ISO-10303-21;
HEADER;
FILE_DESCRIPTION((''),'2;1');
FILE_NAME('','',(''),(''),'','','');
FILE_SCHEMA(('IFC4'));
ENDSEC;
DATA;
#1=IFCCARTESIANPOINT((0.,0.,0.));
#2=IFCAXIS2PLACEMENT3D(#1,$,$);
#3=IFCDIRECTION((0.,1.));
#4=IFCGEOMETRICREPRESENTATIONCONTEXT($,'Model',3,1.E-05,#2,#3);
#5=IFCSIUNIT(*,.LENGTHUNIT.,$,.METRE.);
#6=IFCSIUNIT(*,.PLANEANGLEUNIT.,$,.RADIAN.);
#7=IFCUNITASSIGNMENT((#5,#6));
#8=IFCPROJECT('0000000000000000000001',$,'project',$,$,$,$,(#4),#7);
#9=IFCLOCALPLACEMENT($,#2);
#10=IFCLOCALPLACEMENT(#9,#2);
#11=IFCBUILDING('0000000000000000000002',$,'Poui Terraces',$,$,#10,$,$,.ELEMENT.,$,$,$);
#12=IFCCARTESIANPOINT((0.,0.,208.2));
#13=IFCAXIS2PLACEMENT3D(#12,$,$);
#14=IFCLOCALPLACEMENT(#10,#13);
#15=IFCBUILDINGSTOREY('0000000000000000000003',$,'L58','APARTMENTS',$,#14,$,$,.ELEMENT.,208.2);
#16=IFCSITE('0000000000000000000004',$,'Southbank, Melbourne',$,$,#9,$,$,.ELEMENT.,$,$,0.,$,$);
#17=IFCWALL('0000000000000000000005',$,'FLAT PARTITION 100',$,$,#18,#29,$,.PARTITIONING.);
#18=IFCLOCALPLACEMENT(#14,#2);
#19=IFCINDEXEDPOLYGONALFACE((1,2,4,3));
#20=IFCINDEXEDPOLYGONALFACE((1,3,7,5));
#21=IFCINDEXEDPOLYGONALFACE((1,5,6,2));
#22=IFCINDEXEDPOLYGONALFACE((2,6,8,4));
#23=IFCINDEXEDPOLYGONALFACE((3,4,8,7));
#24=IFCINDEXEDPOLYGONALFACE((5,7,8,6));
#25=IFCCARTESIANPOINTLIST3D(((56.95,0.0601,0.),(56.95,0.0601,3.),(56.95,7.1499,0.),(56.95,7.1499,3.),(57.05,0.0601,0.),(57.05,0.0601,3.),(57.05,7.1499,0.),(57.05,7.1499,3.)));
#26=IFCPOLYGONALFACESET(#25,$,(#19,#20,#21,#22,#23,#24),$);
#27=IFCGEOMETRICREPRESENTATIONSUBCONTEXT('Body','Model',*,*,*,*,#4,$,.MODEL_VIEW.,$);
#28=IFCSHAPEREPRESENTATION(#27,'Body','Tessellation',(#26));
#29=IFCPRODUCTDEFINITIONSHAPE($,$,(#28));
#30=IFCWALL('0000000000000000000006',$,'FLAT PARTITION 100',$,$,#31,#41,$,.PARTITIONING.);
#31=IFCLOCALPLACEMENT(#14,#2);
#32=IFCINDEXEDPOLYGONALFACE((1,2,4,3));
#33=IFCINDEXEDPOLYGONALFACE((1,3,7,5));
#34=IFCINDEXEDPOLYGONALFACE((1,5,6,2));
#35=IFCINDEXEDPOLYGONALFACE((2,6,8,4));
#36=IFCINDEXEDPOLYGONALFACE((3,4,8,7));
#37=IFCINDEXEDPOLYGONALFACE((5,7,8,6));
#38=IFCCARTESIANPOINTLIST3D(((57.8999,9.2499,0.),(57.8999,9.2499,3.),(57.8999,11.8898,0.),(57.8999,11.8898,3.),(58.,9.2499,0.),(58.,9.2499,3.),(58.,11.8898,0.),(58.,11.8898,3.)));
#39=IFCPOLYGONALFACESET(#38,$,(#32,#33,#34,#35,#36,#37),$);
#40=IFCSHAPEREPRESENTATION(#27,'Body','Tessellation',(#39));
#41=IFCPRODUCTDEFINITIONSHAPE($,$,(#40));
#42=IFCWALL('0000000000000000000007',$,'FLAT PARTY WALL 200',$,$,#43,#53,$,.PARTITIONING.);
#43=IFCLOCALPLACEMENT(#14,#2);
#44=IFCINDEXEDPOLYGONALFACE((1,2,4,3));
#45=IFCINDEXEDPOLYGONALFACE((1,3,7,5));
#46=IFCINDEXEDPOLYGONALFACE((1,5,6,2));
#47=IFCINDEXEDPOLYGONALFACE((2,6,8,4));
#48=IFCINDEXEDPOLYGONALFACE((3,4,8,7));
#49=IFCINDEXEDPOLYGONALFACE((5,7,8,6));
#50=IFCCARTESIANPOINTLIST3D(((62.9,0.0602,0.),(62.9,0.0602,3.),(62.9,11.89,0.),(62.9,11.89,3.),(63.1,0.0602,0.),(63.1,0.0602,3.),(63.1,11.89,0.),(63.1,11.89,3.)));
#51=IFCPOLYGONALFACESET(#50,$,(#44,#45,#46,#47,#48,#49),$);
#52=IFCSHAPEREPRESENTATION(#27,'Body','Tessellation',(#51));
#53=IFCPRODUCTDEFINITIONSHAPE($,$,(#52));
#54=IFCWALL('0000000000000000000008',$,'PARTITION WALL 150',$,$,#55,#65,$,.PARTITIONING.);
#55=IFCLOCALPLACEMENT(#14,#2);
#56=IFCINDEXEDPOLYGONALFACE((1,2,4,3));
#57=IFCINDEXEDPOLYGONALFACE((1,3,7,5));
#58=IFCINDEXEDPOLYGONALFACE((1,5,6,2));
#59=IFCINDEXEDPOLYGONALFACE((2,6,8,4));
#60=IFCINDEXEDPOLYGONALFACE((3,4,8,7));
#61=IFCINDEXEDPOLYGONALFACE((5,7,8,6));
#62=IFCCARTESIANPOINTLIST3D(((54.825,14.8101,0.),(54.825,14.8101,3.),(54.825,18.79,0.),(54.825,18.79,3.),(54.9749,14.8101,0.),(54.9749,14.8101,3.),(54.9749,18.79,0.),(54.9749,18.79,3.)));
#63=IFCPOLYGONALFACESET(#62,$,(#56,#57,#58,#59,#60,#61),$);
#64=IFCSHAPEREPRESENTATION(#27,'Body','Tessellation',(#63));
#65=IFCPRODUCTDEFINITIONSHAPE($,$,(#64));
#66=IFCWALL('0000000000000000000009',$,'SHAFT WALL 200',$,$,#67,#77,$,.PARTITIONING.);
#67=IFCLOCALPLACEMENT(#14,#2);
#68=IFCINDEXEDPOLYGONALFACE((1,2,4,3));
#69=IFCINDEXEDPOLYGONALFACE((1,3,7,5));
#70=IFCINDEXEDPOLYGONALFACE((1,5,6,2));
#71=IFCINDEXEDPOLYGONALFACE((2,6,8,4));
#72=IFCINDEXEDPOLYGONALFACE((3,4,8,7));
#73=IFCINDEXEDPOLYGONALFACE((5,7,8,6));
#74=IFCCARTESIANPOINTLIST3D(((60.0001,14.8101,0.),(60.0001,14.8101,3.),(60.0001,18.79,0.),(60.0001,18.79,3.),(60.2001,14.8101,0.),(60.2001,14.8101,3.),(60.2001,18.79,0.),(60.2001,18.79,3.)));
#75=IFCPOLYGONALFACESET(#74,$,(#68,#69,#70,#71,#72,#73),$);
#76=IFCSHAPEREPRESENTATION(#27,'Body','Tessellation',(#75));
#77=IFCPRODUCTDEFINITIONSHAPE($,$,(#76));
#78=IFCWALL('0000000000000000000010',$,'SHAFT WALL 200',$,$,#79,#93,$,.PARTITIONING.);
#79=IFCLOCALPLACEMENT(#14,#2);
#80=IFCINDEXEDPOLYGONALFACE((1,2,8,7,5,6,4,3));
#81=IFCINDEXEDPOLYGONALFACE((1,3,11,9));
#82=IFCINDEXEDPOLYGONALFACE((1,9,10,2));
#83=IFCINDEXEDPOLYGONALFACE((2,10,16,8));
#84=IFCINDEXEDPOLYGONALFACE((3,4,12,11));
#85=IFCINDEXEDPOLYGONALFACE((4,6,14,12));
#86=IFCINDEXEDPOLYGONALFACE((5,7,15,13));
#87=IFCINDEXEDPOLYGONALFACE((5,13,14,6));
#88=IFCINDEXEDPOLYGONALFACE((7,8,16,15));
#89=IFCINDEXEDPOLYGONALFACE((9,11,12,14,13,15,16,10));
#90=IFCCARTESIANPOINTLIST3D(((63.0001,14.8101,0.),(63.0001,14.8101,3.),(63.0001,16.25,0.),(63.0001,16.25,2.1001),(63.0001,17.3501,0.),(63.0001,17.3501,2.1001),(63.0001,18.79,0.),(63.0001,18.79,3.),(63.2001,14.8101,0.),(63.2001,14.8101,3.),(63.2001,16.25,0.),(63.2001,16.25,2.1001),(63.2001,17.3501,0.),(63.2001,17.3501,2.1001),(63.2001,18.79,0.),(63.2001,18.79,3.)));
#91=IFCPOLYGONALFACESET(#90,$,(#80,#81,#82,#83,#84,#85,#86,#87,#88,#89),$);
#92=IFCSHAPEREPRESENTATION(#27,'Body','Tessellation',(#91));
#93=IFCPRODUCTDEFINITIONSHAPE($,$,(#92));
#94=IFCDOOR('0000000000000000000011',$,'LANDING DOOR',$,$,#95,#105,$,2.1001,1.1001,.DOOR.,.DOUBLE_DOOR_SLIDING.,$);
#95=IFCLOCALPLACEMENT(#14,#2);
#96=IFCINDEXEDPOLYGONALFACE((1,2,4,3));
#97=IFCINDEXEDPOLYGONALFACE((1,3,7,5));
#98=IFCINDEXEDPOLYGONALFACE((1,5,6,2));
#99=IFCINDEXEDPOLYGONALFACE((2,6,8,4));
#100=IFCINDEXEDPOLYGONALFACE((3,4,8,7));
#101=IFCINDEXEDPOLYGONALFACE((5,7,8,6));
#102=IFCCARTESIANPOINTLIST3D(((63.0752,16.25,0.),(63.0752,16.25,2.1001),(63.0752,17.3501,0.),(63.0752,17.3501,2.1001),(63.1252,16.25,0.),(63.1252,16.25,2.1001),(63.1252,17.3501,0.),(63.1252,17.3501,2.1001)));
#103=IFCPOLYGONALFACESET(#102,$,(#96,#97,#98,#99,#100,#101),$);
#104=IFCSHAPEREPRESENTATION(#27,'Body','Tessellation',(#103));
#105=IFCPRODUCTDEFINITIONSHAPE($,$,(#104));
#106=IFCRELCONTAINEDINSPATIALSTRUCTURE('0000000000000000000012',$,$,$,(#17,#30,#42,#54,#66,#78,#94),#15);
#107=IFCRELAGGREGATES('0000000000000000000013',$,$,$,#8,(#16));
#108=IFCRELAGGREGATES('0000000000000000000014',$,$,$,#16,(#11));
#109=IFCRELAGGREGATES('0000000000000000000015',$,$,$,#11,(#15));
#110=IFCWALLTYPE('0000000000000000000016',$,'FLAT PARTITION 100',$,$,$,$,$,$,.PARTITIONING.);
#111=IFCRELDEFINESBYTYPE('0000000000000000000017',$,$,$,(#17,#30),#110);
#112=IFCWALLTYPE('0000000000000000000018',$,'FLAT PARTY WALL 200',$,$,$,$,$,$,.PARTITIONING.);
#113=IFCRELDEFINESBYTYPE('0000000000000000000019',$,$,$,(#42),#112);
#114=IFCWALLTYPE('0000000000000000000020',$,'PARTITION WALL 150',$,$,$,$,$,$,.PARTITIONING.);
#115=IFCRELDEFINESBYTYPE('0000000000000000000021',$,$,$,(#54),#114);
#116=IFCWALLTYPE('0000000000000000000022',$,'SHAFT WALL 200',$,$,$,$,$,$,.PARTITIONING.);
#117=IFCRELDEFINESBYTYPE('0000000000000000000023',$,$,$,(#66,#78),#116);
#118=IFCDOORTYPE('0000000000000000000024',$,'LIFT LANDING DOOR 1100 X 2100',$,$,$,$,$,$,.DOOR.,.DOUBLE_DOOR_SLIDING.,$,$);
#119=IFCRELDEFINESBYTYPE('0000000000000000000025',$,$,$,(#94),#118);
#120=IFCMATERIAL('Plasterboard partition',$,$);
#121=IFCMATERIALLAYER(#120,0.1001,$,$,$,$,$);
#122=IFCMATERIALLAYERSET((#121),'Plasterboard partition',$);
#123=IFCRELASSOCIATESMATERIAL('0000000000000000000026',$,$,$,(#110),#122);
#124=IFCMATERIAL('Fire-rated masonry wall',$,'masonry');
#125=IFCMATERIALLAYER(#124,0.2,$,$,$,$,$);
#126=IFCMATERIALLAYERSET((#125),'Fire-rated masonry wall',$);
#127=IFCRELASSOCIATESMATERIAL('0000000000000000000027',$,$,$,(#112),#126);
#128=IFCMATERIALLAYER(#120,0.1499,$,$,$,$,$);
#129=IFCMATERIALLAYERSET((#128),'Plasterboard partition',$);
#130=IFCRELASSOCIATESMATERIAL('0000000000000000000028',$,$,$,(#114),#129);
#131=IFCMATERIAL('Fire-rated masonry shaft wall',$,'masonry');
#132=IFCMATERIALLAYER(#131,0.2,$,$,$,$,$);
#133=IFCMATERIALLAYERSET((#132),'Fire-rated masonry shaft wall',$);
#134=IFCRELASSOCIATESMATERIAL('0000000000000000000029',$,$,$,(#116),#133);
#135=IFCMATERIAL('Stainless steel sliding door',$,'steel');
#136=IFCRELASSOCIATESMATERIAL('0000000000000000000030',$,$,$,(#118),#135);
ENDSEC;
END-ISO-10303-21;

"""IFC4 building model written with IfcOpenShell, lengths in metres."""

from ifc_helpers import new_model, si_unit, direction, frame, frame_2d, origin, place, context, subcontext, project, spatial, rectangle, extrude, material, layer, layer_set, type_object, element, fill, save


model = new_model("IFC4")

# Units and contexts
model_context = context("Model", 3, precision=1e-05, world=origin(), true_north=direction((0.0, 1.0)))
body_context = subcontext(model_context, "Body", "Model", "MODEL_VIEW")
ifc_project = project(units=[si_unit("LENGTHUNIT", "METRE"), si_unit("PLANEANGLEUNIT", "RADIAN")], contexts=[model_context])

# Site, building, storey
site_placement = place(None, origin())
site = spatial("IfcSite", under=ifc_project, at=site_placement, Name="Southbank, Melbourne", CompositionType="ELEMENT", RefElevation=0.0)
building_placement = place(site_placement, origin())
building = spatial("IfcBuilding", under=site, at=building_placement, Name="Poui Terraces", CompositionType="ELEMENT")
storey_placement = place(building_placement, frame((0.0, 0.0, 208.2)))
storey = spatial("IfcBuildingStorey", under=building, at=storey_placement, Name="L58", Description="APARTMENTS", CompositionType="ELEMENT", Elevation=208.2)

# Shared definitions
ifc_material_1 = material(Name="Plasterboard partition")
ifc_layer_1 = layer(ifc_material_1, 0.1001)
ifc_layer_set_1 = layer_set([ifc_layer_1], Name="Plasterboard partition")
wall_type_1 = type_object("IfcWallType", Name="FLAT PARTITION 100", PredefinedType="PARTITIONING", material=ifc_layer_set_1)

# Walls
wall_1_placement = place(storey_placement, frame((57.0, 0.0601, 0.0), z_axis=(0.0, 0.0, 1.0), x_axis=(0.0, 1.0, 0.0)))
element("IfcWall", 1, at=wall_1_placement, inside=storey, type_object=wall_type_1, Name="FLAT PARTITION 100", PredefinedType="PARTITIONING", context=body_context, shape_type="SweptSolid", body=[
    extrude(rectangle(XDim=7.0898, YDim=0.1001, at=frame_2d((3.5449, 0.0))), origin(), (0.0, 0.0, 1.0), 3.0),
])
wall_2_placement = place(storey_placement, frame((57.95, 9.25, 0.0), z_axis=(0.0, 0.0, 1.0), x_axis=(0.0, 1.0, 0.0)))
element("IfcWall", 2, at=wall_2_placement, inside=storey, type_object=wall_type_1, Name="FLAT PARTITION 100", PredefinedType="PARTITIONING", context=body_context, shape_type="SweptSolid", body=[
    extrude(rectangle(XDim=2.6399, YDim=0.1001, at=frame_2d((1.3198, 0.0))), origin(), (0.0, 0.0, 1.0), 3.0),
])
ifc_material_2 = material(Name="Fire-rated masonry wall", Category="masonry")
ifc_layer_2 = layer(ifc_material_2, 0.2)
ifc_layer_set_2 = layer_set([ifc_layer_2], Name="Fire-rated masonry wall")
wall_type_2 = type_object("IfcWallType", Name="FLAT PARTY WALL 200", PredefinedType="PARTITIONING", material=ifc_layer_set_2)
wall_3_placement = place(storey_placement, frame((63.0, 0.0601, 0.0), z_axis=(0.0, 0.0, 1.0), x_axis=(0.0, 1.0, 0.0)))
element("IfcWall", 3, at=wall_3_placement, inside=storey, type_object=wall_type_2, Name="FLAT PARTY WALL 200", PredefinedType="PARTITIONING", context=body_context, shape_type="SweptSolid", body=[
    extrude(rectangle(XDim=11.8298, YDim=0.2, at=frame_2d((5.915, 0.0))), origin(), (0.0, 0.0, 1.0), 3.0),
])
ifc_layer_3 = layer(ifc_material_1, 0.1499)
ifc_layer_set_3 = layer_set([ifc_layer_3], Name="Plasterboard partition")
wall_type_3 = type_object("IfcWallType", Name="PARTITION WALL 150", PredefinedType="PARTITIONING", material=ifc_layer_set_3)
wall_4_placement = place(storey_placement, frame((54.8999, 14.8101, 0.0), z_axis=(0.0, 0.0, 1.0), x_axis=(0.0, 1.0, 0.0)))
element("IfcWall", 4, at=wall_4_placement, inside=storey, type_object=wall_type_3, Name="PARTITION WALL 150", PredefinedType="PARTITIONING", context=body_context, shape_type="SweptSolid", body=[
    extrude(rectangle(XDim=3.98, YDim=0.1499, at=frame_2d((1.99, 0.0))), origin(), (0.0, 0.0, 1.0), 3.0),
])
ifc_material_3 = material(Name="Fire-rated masonry shaft wall", Category="masonry")
ifc_layer_4 = layer(ifc_material_3, 0.2)
ifc_layer_set_4 = layer_set([ifc_layer_4], Name="Fire-rated masonry shaft wall")
wall_type_4 = type_object("IfcWallType", Name="SHAFT WALL 200", PredefinedType="PARTITIONING", material=ifc_layer_set_4)
wall_5_placement = place(storey_placement, frame((60.1001, 14.8101, 0.0), z_axis=(0.0, 0.0, 1.0), x_axis=(0.0, 1.0, 0.0)))
element("IfcWall", 5, at=wall_5_placement, inside=storey, type_object=wall_type_4, Name="SHAFT WALL 200", PredefinedType="PARTITIONING", context=body_context, shape_type="SweptSolid", body=[
    extrude(rectangle(XDim=3.98, YDim=0.2, at=frame_2d((1.99, 0.0))), origin(), (0.0, 0.0, 1.0), 3.0),
])

# Wall, opening, door
wall_6_placement = place(storey_placement, frame((63.1001, 14.8101, 0.0), z_axis=(0.0, 0.0, 1.0), x_axis=(0.0, 1.0, 0.0)))
wall_6 = element("IfcWall", 6, at=wall_6_placement, inside=storey, type_object=wall_type_4, Name="SHAFT WALL 200", PredefinedType="PARTITIONING", context=body_context, shape_type="SweptSolid", body=[
    extrude(rectangle(XDim=3.98, YDim=0.2, at=frame_2d((1.99, 0.0))), origin(), (0.0, 0.0, 1.0), 3.0),
])
opening_1_placement = place(wall_6_placement, frame((1.4399, 0.0, 0.0)))
opening_1 = element("IfcOpeningElement", 7, at=opening_1_placement, cuts=wall_6, PredefinedType="OPENING", context=body_context, shape_type="SweptSolid", body=[
    extrude(rectangle(XDim=1.1001, YDim=2.1001, at=frame_2d((0.55, 1.05))), frame((0.0, 0.1099, 0.0), z_axis=(0.0, -1.0, 0.0), x_axis=(1.0, 0.0, 0.0)), (0.0, 0.0, 1.0), 0.22),
])
ifc_material_4 = material(Name="Stainless steel sliding door", Category="steel")
door_type_1 = type_object("IfcDoorType", Name="LIFT LANDING DOOR 1100 X 2100", OperationType="DOUBLE_DOOR_SLIDING", PredefinedType="DOOR", material=ifc_material_4)
door_1_placement = place(opening_1_placement, origin())
door_1 = element("IfcDoor", 8, at=door_1_placement, inside=storey, type_object=door_type_1, Name="LANDING DOOR", OperationType="DOUBLE_DOOR_SLIDING", OverallHeight=2.1001, OverallWidth=1.1001, PredefinedType="DOOR", context=body_context, shape_type="SweptSolid", body=[
    extrude(rectangle(XDim=1.1001, YDim=2.1001, at=frame_2d((0.55, 1.05))), frame((0.0, 0.0249, 0.0), z_axis=(0.0, -1.0, 0.0), x_axis=(1.0, 0.0, 0.0)), (0.0, 0.0, 1.0), 0.05),
])
fill(opening_1, door_1)

save(model, "model.ifc")
